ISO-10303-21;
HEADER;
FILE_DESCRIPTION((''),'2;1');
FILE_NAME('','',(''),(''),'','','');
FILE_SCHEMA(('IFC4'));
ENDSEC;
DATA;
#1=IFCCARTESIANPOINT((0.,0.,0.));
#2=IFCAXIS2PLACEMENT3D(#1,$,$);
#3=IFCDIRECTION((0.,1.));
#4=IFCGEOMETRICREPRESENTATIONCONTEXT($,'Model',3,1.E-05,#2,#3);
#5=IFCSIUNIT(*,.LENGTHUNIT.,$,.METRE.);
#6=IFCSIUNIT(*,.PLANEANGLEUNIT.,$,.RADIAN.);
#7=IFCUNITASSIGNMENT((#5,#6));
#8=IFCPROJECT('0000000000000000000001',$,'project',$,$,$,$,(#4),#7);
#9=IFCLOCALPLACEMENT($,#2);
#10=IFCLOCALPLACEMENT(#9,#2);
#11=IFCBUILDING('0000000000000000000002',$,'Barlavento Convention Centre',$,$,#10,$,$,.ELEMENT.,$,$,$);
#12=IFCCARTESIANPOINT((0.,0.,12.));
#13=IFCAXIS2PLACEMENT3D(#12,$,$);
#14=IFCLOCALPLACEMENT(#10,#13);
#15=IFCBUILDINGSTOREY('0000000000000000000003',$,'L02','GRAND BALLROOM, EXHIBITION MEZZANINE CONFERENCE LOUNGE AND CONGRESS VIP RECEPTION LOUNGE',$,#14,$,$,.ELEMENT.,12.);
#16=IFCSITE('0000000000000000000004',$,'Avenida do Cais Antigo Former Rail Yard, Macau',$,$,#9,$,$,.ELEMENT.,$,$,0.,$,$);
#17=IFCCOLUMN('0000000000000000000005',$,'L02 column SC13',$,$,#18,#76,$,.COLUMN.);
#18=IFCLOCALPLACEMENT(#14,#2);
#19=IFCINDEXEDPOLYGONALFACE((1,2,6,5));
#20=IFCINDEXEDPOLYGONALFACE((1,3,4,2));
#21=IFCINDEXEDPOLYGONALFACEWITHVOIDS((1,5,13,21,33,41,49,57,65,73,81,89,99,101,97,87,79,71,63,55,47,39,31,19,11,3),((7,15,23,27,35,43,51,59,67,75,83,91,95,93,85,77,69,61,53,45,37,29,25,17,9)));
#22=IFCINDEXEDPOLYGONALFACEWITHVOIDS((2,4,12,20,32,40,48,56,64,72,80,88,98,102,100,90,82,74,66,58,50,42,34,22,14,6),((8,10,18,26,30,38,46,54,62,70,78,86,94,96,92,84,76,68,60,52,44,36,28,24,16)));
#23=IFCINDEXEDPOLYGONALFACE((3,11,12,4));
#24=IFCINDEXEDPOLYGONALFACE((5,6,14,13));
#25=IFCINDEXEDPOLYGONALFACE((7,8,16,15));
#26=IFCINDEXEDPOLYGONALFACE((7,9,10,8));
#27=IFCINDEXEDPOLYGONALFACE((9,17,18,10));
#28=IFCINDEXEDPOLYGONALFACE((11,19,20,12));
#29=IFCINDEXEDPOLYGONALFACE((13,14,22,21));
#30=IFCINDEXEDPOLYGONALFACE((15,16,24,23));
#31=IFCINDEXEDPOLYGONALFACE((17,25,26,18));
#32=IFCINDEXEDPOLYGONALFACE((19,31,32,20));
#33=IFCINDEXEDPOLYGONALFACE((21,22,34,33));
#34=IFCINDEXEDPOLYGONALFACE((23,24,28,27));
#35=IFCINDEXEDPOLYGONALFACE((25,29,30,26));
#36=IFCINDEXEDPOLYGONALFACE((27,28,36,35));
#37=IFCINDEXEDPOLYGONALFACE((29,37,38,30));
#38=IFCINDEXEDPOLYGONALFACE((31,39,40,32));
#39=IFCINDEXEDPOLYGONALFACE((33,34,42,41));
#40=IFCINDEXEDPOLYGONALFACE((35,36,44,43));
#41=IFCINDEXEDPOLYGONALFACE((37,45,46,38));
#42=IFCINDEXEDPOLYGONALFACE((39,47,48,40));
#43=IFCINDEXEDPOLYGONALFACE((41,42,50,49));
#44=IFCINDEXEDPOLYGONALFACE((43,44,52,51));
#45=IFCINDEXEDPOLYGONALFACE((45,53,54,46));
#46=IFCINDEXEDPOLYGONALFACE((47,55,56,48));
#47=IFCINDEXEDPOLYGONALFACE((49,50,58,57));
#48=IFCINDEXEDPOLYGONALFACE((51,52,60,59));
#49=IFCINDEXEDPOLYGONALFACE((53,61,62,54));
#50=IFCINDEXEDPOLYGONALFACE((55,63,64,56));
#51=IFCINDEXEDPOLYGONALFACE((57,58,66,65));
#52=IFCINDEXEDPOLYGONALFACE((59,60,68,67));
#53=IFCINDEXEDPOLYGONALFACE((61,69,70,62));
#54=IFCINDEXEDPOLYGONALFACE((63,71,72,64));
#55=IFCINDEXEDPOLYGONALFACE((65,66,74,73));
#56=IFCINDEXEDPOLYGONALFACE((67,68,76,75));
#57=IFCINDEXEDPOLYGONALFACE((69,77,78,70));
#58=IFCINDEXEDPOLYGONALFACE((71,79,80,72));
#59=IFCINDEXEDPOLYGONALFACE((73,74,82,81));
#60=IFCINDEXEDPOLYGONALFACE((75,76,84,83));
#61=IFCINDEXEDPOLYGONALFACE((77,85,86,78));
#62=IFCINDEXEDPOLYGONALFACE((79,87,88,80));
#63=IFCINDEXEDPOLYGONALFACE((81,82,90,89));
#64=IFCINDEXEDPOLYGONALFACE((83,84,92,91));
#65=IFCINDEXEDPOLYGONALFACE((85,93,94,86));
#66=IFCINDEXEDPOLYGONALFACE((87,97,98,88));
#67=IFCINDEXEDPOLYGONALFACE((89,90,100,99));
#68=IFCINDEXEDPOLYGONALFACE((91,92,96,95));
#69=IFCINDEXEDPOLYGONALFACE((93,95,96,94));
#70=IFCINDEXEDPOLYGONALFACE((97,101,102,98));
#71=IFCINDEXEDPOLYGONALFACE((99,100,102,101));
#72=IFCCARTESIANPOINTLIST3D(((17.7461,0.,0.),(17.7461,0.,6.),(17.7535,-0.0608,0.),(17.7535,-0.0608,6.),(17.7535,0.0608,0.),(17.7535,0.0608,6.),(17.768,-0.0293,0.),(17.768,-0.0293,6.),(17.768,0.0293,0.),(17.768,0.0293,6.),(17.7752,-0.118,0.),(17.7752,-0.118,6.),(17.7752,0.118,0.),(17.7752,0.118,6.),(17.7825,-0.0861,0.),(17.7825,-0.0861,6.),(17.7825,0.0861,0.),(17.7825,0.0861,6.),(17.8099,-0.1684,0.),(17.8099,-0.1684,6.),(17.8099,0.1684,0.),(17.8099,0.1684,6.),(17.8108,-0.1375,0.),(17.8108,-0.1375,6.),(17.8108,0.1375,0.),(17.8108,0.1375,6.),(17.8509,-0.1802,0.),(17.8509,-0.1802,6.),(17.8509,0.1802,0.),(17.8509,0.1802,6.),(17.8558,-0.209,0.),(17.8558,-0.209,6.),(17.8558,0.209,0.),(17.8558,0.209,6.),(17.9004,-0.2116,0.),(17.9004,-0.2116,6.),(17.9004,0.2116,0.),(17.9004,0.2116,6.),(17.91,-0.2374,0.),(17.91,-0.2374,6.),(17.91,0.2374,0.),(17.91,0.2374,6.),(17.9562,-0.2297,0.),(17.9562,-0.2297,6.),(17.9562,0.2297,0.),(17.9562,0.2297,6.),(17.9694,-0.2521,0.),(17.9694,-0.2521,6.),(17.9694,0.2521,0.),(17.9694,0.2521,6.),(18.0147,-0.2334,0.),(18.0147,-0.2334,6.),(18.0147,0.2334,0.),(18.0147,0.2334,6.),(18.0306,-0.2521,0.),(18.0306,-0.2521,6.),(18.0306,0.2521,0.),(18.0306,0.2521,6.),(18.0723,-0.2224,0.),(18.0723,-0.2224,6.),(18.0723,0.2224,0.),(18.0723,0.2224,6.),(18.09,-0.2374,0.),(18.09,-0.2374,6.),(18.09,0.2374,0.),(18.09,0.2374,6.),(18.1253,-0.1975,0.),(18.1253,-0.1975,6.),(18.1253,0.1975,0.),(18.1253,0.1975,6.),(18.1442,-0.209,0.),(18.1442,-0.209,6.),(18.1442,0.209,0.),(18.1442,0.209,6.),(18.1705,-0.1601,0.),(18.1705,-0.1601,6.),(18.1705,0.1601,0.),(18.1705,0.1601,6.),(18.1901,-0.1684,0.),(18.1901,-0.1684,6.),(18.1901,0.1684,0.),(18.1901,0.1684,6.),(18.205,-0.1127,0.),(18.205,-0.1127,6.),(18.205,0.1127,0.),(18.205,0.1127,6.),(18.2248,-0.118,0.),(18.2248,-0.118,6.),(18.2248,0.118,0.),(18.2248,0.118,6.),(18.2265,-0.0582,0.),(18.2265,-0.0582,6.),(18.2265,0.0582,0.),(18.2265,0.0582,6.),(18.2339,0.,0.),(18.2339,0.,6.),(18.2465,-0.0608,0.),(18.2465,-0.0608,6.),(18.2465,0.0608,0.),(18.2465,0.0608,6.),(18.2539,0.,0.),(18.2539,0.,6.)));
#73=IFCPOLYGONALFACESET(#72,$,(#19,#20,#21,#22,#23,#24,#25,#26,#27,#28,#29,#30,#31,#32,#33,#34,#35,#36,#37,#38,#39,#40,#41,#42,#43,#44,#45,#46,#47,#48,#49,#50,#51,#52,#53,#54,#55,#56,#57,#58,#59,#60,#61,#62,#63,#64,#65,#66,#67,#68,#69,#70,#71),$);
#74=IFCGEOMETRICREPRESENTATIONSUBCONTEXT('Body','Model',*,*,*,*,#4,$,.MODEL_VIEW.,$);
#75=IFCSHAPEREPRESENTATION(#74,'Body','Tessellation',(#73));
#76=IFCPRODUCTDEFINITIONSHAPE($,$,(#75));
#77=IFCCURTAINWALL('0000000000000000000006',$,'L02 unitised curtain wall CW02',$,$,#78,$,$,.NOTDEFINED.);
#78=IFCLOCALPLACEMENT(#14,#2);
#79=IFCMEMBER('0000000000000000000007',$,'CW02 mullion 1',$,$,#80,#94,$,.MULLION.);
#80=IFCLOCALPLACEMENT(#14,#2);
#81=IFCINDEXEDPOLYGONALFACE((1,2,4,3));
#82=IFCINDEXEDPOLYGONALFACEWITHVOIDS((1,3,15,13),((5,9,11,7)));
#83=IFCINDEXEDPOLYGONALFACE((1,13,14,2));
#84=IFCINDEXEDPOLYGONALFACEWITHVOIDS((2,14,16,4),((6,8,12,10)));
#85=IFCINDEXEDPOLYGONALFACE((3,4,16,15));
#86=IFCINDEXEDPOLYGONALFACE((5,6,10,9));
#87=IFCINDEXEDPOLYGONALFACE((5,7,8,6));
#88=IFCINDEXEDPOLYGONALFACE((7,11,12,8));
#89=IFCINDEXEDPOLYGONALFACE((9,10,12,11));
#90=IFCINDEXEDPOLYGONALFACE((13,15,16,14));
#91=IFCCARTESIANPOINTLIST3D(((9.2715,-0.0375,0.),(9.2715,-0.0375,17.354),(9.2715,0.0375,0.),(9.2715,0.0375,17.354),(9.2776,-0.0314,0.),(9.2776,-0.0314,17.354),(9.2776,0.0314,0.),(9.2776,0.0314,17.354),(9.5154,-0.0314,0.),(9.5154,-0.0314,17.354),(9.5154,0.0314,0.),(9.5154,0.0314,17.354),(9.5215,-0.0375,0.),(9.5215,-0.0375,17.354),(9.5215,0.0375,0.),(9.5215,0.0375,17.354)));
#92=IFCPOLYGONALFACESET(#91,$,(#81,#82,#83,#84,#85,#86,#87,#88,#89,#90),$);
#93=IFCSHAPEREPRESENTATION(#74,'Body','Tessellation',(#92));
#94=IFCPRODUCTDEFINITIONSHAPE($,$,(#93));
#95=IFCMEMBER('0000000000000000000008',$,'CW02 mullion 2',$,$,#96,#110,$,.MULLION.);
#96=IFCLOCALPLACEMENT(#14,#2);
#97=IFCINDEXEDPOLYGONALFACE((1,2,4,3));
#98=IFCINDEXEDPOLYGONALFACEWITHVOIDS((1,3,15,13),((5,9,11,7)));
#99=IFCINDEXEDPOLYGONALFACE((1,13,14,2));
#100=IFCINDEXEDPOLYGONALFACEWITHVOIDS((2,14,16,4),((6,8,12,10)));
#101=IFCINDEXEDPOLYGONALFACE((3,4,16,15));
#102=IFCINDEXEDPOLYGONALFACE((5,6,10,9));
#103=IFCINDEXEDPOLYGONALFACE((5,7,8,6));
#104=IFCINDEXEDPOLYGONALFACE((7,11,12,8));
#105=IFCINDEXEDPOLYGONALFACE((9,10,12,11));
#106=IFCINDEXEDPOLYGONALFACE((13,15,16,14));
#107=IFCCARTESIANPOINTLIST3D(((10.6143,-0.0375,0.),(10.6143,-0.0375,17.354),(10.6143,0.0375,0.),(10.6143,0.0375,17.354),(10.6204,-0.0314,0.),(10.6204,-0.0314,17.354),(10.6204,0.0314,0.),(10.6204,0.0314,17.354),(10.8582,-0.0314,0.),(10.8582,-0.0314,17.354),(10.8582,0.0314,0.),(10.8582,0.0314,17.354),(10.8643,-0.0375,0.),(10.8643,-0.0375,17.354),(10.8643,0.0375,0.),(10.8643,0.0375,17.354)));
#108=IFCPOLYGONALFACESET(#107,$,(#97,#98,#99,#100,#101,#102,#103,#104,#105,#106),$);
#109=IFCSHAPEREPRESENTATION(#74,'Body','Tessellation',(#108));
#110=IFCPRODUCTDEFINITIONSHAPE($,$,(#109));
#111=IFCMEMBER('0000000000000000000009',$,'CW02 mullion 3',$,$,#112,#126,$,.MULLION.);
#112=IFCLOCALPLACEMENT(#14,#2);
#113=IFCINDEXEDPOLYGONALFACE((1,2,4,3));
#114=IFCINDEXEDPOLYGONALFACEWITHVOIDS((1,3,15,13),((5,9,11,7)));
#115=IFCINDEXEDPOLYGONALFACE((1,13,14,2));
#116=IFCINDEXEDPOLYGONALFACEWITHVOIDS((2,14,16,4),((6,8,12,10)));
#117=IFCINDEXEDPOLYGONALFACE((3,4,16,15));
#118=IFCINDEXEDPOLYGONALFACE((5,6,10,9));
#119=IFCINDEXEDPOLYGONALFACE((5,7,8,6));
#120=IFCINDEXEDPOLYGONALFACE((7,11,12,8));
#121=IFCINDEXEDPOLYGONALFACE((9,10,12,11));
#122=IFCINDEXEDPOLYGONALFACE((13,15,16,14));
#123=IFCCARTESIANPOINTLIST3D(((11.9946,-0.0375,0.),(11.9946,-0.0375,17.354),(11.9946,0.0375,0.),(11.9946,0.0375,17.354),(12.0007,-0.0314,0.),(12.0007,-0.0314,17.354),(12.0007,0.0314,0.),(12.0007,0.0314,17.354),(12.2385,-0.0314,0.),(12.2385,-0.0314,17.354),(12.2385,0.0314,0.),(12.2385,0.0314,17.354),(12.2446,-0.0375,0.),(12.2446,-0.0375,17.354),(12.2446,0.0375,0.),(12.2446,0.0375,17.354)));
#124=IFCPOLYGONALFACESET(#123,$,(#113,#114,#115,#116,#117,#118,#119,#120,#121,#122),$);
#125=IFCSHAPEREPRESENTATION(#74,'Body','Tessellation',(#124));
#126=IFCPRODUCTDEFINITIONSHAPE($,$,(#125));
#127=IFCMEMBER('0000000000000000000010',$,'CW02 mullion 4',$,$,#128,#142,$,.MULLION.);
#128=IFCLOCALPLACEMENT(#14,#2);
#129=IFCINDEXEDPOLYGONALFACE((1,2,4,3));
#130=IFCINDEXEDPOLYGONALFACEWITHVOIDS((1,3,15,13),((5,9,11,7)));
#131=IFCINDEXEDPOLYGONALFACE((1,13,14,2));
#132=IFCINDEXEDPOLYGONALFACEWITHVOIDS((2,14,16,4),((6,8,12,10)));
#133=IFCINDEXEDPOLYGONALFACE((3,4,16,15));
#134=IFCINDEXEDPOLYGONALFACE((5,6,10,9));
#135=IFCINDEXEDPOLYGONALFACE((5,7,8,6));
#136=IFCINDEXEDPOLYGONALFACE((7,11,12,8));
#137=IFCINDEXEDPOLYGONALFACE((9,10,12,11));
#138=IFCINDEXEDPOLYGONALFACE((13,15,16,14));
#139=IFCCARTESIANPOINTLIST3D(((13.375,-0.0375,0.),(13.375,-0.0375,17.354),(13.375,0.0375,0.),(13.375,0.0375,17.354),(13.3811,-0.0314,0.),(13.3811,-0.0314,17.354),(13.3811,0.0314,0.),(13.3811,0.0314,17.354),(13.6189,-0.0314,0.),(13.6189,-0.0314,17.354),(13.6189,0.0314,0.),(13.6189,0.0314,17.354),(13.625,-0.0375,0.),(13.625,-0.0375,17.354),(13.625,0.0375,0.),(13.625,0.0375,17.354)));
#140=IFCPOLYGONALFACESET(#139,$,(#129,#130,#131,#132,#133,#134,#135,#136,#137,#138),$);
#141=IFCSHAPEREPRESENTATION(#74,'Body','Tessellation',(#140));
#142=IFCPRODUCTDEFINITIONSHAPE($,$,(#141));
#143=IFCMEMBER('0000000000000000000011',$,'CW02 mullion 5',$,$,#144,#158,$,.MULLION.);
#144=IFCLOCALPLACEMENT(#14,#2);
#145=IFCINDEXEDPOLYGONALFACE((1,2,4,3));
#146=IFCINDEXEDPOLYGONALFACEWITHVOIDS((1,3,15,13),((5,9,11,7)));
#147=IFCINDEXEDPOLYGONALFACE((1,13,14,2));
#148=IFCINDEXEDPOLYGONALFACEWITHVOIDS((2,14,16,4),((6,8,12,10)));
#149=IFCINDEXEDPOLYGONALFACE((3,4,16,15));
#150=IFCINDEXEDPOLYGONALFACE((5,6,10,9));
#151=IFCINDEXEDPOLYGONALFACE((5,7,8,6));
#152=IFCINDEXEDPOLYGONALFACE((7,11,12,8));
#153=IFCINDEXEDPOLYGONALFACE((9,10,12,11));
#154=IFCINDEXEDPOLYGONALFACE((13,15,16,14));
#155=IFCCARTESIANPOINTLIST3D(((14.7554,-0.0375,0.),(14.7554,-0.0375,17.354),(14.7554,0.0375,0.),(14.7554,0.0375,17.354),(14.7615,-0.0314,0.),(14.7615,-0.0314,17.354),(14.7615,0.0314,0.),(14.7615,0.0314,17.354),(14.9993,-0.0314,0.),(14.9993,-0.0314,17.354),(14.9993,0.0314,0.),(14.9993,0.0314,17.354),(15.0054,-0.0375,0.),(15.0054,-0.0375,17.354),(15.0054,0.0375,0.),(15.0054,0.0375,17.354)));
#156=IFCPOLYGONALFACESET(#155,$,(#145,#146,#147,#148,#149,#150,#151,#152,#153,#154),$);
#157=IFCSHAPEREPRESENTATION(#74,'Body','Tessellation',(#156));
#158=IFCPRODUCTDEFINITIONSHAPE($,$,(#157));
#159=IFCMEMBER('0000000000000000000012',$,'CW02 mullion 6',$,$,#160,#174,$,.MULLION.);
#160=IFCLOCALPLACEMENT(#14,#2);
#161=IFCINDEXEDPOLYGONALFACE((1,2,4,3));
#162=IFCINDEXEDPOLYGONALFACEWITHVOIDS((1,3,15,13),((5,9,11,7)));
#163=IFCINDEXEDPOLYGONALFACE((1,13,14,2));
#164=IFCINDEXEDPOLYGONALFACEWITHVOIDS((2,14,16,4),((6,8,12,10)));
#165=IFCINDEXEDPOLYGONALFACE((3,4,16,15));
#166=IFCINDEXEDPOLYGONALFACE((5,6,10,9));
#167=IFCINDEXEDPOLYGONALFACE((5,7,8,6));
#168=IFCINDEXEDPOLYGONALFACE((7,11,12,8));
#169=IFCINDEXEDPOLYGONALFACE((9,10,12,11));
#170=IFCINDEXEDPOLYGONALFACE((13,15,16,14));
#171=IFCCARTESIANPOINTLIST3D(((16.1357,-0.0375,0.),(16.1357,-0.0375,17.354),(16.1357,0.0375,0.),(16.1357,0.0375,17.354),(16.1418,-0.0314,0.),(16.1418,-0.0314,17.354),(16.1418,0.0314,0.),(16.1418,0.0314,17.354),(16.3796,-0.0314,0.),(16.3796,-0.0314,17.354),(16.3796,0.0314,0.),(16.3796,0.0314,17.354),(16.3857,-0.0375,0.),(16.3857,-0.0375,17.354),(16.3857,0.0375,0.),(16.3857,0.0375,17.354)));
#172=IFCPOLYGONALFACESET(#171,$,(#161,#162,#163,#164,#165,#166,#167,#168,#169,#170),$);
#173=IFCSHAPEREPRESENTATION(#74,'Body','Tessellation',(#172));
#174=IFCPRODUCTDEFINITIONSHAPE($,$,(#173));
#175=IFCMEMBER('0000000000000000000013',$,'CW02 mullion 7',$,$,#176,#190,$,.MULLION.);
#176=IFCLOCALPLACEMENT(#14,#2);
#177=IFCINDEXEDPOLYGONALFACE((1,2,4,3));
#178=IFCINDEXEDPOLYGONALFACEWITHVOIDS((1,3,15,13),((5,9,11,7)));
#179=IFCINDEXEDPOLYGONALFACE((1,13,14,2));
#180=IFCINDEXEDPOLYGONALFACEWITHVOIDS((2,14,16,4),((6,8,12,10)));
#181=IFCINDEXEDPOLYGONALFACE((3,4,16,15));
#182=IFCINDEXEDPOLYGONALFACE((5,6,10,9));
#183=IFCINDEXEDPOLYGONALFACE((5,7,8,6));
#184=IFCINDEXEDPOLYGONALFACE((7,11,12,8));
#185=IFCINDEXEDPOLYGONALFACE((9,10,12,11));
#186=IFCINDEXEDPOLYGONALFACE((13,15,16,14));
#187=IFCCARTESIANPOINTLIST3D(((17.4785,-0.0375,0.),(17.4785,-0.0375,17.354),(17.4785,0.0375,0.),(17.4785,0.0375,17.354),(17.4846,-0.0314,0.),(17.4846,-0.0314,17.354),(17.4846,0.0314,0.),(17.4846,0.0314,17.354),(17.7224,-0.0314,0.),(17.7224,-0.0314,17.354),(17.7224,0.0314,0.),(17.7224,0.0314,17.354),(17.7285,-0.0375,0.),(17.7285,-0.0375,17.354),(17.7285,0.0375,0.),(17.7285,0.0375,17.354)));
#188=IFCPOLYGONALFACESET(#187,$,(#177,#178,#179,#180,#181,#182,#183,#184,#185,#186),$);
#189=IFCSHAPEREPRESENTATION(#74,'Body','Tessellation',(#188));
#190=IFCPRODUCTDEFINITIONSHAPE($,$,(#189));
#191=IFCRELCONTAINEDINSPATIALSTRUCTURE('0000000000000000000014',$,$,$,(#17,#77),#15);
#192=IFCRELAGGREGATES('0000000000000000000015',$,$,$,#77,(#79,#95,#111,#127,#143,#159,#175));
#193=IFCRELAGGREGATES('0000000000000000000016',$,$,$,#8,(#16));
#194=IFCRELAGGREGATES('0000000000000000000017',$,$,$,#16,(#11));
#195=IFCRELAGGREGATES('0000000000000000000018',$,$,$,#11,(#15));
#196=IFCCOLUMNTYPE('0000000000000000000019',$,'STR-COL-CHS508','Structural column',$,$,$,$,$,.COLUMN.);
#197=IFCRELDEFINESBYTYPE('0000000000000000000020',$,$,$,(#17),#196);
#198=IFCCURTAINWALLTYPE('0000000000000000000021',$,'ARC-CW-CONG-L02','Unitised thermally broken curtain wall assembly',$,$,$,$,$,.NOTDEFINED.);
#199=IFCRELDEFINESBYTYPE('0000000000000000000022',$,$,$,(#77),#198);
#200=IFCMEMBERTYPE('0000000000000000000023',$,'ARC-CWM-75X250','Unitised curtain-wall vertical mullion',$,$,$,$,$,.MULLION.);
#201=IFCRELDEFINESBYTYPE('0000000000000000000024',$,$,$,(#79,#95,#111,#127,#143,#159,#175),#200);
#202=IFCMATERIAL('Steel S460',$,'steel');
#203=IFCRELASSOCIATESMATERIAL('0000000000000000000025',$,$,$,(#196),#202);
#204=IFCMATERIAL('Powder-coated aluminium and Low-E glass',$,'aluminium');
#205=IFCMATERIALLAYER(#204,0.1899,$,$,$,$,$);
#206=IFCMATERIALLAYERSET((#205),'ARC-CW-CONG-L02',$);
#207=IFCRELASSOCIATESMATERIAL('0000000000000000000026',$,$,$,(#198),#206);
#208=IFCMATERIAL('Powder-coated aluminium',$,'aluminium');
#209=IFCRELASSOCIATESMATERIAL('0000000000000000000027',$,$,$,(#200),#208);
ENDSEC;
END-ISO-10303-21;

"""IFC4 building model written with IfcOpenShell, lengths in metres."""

from ifc_helpers import new_model, si_unit, direction, frame, origin, origin_2d, place, context, subcontext, project, spatial, hollow_rectangle, hollow_circle, extrude, material, layer, layer_set, material_profile, profile_set, type_object, element, aggregate, save


model = new_model("IFC4")

# Units and contexts
model_context = context("Model", 3, precision=1e-05, world=origin(), true_north=direction((0.0, 1.0)))
body_context = subcontext(model_context, "Body", "Model", "MODEL_VIEW")
ifc_project = project(units=[si_unit("LENGTHUNIT", "METRE"), si_unit("PLANEANGLEUNIT", "RADIAN")], contexts=[model_context])

# Site, building, storey
site_placement = place(None, origin())
site = spatial("IfcSite", under=ifc_project, at=site_placement, Name="Avenida do Cais Antigo Former Rail Yard, Macau", CompositionType="ELEMENT", RefElevation=0.0)
building_placement = place(site_placement, origin())
building = spatial("IfcBuilding", under=site, at=building_placement, Name="Barlavento Convention Centre", CompositionType="ELEMENT")
storey_placement = place(building_placement, frame((0.0, 0.0, 12.0)))
storey = spatial("IfcBuildingStorey", under=building, at=storey_placement, Name="L02", Description="GRAND BALLROOM, EXHIBITION MEZZANINE CONFERENCE LOUNGE AND CONGRESS VIP RECEPTION LOUNGE", CompositionType="ELEMENT", Elevation=12.0)

# Column
ifc_material_1 = material(Name="Steel S460", Category="steel")
ifc_material_profile_1 = material_profile(ifc_material_1, hollow_circle(Radius=0.2539, WallThickness=0.02, at=origin_2d()), Name="CHS 508.0x20.0")
ifc_profile_set_1 = profile_set([ifc_material_profile_1], Name="Steel S460")
column_type = type_object("IfcColumnType", Name="STR-COL-CHS508", Description="Structural column", PredefinedType="COLUMN", material=ifc_profile_set_1)
column_placement = place(storey_placement, frame((18.0, 0.0, 0.0), z_axis=(0.0, 0.0, 1.0), x_axis=(1.0, 0.0, 0.0)))
element("IfcColumn", 1, at=column_placement, inside=storey, type_object=column_type, Name="L02 column SC13", PredefinedType="COLUMN", context=body_context, shape_type="SweptSolid", body=[
    extrude(hollow_circle(Radius=0.2539, WallThickness=0.02, at=origin_2d()), origin(), (0.0, 0.0, 1.0), 6.0),
])

# Curtain wall, members
ifc_material_2 = material(Name="Powder-coated aluminium and Low-E glass", Category="aluminium")
ifc_layer_1 = layer(ifc_material_2, 0.1899)
ifc_layer_set_1 = layer_set([ifc_layer_1], Name="ARC-CW-CONG-L02")
curtain_wall_type = type_object("IfcCurtainWallType", Name="ARC-CW-CONG-L02", Description="Unitised thermally broken curtain wall assembly", PredefinedType="NOTDEFINED", material=ifc_layer_set_1)
curtain_wall_1_placement = place(storey_placement, origin())
curtain_wall_1 = element("IfcCurtainWall", 2, at=curtain_wall_1_placement, inside=storey, type_object=curtain_wall_type, Name="L02 unitised curtain wall CW02", PredefinedType="NOTDEFINED")
ifc_material_3 = material(Name="Powder-coated aluminium", Category="aluminium")
ifc_material_profile_2 = material_profile(ifc_material_3, hollow_rectangle(XDim=0.075, YDim=0.25, WallThickness=0.0061, at=origin_2d()), Name="AL-MULL 75x250x6")
ifc_profile_set_2 = profile_set([ifc_material_profile_2], Name="Powder-coated aluminium")
member_type_1 = type_object("IfcMemberType", Name="ARC-CWM-75X250", Description="Unitised curtain-wall vertical mullion", PredefinedType="MULLION", material=ifc_profile_set_2)
member_1_placement = place(storey_placement, frame((9.3965, 0.0, 0.0), z_axis=(0.0, 0.0, 1.0), x_axis=(0.0, 1.0, 0.0)))
member_1 = element("IfcMember", 3, at=member_1_placement, type_object=member_type_1, Name="CW02 mullion 1", PredefinedType="MULLION", context=body_context, shape_type="SweptSolid", body=[
    extrude(hollow_rectangle(XDim=0.075, YDim=0.25, WallThickness=0.0061, at=origin_2d()), origin(), (0.0, 0.0, 1.0), 17.354),
])
member_2_placement = place(storey_placement, frame((10.7393, 0.0, 0.0), z_axis=(0.0, 0.0, 1.0), x_axis=(0.0, 1.0, 0.0)))
member_2 = element("IfcMember", 4, at=member_2_placement, type_object=member_type_1, Name="CW02 mullion 2", PredefinedType="MULLION", context=body_context, shape_type="SweptSolid", body=[
    extrude(hollow_rectangle(XDim=0.075, YDim=0.25, WallThickness=0.0061, at=origin_2d()), origin(), (0.0, 0.0, 1.0), 17.354),
])
member_3_placement = place(storey_placement, frame((12.1196, 0.0, 0.0), z_axis=(0.0, 0.0, 1.0), x_axis=(0.0, 1.0, 0.0)))
member_3 = element("IfcMember", 5, at=member_3_placement, type_object=member_type_1, Name="CW02 mullion 3", PredefinedType="MULLION", context=body_context, shape_type="SweptSolid", body=[
    extrude(hollow_rectangle(XDim=0.075, YDim=0.25, WallThickness=0.0061, at=origin_2d()), origin(), (0.0, 0.0, 1.0), 17.354),
])
member_4_placement = place(storey_placement, frame((13.5, 0.0, 0.0), z_axis=(0.0, 0.0, 1.0), x_axis=(0.0, 1.0, 0.0)))
member_4 = element("IfcMember", 6, at=member_4_placement, type_object=member_type_1, Name="CW02 mullion 4", PredefinedType="MULLION", context=body_context, shape_type="SweptSolid", body=[
    extrude(hollow_rectangle(XDim=0.075, YDim=0.25, WallThickness=0.0061, at=origin_2d()), origin(), (0.0, 0.0, 1.0), 17.354),
])
member_5_placement = place(storey_placement, frame((14.8804, 0.0, 0.0), z_axis=(0.0, 0.0, 1.0), x_axis=(0.0, 1.0, 0.0)))
member_5 = element("IfcMember", 7, at=member_5_placement, type_object=member_type_1, Name="CW02 mullion 5", PredefinedType="MULLION", context=body_context, shape_type="SweptSolid", body=[
    extrude(hollow_rectangle(XDim=0.075, YDim=0.25, WallThickness=0.0061, at=origin_2d()), origin(), (0.0, 0.0, 1.0), 17.354),
])
member_6_placement = place(storey_placement, frame((16.2607, 0.0, 0.0), z_axis=(0.0, 0.0, 1.0), x_axis=(0.0, 1.0, 0.0)))
member_6 = element("IfcMember", 8, at=member_6_placement, type_object=member_type_1, Name="CW02 mullion 6", PredefinedType="MULLION", context=body_context, shape_type="SweptSolid", body=[
    extrude(hollow_rectangle(XDim=0.075, YDim=0.25, WallThickness=0.0061, at=origin_2d()), origin(), (0.0, 0.0, 1.0), 17.354),
])
member_7_placement = place(storey_placement, frame((17.6035, 0.0, 0.0), z_axis=(0.0, 0.0, 1.0), x_axis=(0.0, 1.0, 0.0)))
member_7 = element("IfcMember", 9, at=member_7_placement, type_object=member_type_1, Name="CW02 mullion 7", PredefinedType="MULLION", context=body_context, shape_type="SweptSolid", body=[
    extrude(hollow_rectangle(XDim=0.075, YDim=0.25, WallThickness=0.0061, at=origin_2d()), origin(), (0.0, 0.0, 1.0), 17.354),
])

aggregate(curtain_wall_1, [member_1, member_2, member_3, member_4, member_5, member_6, member_7])

save(model, "model.ifc")
